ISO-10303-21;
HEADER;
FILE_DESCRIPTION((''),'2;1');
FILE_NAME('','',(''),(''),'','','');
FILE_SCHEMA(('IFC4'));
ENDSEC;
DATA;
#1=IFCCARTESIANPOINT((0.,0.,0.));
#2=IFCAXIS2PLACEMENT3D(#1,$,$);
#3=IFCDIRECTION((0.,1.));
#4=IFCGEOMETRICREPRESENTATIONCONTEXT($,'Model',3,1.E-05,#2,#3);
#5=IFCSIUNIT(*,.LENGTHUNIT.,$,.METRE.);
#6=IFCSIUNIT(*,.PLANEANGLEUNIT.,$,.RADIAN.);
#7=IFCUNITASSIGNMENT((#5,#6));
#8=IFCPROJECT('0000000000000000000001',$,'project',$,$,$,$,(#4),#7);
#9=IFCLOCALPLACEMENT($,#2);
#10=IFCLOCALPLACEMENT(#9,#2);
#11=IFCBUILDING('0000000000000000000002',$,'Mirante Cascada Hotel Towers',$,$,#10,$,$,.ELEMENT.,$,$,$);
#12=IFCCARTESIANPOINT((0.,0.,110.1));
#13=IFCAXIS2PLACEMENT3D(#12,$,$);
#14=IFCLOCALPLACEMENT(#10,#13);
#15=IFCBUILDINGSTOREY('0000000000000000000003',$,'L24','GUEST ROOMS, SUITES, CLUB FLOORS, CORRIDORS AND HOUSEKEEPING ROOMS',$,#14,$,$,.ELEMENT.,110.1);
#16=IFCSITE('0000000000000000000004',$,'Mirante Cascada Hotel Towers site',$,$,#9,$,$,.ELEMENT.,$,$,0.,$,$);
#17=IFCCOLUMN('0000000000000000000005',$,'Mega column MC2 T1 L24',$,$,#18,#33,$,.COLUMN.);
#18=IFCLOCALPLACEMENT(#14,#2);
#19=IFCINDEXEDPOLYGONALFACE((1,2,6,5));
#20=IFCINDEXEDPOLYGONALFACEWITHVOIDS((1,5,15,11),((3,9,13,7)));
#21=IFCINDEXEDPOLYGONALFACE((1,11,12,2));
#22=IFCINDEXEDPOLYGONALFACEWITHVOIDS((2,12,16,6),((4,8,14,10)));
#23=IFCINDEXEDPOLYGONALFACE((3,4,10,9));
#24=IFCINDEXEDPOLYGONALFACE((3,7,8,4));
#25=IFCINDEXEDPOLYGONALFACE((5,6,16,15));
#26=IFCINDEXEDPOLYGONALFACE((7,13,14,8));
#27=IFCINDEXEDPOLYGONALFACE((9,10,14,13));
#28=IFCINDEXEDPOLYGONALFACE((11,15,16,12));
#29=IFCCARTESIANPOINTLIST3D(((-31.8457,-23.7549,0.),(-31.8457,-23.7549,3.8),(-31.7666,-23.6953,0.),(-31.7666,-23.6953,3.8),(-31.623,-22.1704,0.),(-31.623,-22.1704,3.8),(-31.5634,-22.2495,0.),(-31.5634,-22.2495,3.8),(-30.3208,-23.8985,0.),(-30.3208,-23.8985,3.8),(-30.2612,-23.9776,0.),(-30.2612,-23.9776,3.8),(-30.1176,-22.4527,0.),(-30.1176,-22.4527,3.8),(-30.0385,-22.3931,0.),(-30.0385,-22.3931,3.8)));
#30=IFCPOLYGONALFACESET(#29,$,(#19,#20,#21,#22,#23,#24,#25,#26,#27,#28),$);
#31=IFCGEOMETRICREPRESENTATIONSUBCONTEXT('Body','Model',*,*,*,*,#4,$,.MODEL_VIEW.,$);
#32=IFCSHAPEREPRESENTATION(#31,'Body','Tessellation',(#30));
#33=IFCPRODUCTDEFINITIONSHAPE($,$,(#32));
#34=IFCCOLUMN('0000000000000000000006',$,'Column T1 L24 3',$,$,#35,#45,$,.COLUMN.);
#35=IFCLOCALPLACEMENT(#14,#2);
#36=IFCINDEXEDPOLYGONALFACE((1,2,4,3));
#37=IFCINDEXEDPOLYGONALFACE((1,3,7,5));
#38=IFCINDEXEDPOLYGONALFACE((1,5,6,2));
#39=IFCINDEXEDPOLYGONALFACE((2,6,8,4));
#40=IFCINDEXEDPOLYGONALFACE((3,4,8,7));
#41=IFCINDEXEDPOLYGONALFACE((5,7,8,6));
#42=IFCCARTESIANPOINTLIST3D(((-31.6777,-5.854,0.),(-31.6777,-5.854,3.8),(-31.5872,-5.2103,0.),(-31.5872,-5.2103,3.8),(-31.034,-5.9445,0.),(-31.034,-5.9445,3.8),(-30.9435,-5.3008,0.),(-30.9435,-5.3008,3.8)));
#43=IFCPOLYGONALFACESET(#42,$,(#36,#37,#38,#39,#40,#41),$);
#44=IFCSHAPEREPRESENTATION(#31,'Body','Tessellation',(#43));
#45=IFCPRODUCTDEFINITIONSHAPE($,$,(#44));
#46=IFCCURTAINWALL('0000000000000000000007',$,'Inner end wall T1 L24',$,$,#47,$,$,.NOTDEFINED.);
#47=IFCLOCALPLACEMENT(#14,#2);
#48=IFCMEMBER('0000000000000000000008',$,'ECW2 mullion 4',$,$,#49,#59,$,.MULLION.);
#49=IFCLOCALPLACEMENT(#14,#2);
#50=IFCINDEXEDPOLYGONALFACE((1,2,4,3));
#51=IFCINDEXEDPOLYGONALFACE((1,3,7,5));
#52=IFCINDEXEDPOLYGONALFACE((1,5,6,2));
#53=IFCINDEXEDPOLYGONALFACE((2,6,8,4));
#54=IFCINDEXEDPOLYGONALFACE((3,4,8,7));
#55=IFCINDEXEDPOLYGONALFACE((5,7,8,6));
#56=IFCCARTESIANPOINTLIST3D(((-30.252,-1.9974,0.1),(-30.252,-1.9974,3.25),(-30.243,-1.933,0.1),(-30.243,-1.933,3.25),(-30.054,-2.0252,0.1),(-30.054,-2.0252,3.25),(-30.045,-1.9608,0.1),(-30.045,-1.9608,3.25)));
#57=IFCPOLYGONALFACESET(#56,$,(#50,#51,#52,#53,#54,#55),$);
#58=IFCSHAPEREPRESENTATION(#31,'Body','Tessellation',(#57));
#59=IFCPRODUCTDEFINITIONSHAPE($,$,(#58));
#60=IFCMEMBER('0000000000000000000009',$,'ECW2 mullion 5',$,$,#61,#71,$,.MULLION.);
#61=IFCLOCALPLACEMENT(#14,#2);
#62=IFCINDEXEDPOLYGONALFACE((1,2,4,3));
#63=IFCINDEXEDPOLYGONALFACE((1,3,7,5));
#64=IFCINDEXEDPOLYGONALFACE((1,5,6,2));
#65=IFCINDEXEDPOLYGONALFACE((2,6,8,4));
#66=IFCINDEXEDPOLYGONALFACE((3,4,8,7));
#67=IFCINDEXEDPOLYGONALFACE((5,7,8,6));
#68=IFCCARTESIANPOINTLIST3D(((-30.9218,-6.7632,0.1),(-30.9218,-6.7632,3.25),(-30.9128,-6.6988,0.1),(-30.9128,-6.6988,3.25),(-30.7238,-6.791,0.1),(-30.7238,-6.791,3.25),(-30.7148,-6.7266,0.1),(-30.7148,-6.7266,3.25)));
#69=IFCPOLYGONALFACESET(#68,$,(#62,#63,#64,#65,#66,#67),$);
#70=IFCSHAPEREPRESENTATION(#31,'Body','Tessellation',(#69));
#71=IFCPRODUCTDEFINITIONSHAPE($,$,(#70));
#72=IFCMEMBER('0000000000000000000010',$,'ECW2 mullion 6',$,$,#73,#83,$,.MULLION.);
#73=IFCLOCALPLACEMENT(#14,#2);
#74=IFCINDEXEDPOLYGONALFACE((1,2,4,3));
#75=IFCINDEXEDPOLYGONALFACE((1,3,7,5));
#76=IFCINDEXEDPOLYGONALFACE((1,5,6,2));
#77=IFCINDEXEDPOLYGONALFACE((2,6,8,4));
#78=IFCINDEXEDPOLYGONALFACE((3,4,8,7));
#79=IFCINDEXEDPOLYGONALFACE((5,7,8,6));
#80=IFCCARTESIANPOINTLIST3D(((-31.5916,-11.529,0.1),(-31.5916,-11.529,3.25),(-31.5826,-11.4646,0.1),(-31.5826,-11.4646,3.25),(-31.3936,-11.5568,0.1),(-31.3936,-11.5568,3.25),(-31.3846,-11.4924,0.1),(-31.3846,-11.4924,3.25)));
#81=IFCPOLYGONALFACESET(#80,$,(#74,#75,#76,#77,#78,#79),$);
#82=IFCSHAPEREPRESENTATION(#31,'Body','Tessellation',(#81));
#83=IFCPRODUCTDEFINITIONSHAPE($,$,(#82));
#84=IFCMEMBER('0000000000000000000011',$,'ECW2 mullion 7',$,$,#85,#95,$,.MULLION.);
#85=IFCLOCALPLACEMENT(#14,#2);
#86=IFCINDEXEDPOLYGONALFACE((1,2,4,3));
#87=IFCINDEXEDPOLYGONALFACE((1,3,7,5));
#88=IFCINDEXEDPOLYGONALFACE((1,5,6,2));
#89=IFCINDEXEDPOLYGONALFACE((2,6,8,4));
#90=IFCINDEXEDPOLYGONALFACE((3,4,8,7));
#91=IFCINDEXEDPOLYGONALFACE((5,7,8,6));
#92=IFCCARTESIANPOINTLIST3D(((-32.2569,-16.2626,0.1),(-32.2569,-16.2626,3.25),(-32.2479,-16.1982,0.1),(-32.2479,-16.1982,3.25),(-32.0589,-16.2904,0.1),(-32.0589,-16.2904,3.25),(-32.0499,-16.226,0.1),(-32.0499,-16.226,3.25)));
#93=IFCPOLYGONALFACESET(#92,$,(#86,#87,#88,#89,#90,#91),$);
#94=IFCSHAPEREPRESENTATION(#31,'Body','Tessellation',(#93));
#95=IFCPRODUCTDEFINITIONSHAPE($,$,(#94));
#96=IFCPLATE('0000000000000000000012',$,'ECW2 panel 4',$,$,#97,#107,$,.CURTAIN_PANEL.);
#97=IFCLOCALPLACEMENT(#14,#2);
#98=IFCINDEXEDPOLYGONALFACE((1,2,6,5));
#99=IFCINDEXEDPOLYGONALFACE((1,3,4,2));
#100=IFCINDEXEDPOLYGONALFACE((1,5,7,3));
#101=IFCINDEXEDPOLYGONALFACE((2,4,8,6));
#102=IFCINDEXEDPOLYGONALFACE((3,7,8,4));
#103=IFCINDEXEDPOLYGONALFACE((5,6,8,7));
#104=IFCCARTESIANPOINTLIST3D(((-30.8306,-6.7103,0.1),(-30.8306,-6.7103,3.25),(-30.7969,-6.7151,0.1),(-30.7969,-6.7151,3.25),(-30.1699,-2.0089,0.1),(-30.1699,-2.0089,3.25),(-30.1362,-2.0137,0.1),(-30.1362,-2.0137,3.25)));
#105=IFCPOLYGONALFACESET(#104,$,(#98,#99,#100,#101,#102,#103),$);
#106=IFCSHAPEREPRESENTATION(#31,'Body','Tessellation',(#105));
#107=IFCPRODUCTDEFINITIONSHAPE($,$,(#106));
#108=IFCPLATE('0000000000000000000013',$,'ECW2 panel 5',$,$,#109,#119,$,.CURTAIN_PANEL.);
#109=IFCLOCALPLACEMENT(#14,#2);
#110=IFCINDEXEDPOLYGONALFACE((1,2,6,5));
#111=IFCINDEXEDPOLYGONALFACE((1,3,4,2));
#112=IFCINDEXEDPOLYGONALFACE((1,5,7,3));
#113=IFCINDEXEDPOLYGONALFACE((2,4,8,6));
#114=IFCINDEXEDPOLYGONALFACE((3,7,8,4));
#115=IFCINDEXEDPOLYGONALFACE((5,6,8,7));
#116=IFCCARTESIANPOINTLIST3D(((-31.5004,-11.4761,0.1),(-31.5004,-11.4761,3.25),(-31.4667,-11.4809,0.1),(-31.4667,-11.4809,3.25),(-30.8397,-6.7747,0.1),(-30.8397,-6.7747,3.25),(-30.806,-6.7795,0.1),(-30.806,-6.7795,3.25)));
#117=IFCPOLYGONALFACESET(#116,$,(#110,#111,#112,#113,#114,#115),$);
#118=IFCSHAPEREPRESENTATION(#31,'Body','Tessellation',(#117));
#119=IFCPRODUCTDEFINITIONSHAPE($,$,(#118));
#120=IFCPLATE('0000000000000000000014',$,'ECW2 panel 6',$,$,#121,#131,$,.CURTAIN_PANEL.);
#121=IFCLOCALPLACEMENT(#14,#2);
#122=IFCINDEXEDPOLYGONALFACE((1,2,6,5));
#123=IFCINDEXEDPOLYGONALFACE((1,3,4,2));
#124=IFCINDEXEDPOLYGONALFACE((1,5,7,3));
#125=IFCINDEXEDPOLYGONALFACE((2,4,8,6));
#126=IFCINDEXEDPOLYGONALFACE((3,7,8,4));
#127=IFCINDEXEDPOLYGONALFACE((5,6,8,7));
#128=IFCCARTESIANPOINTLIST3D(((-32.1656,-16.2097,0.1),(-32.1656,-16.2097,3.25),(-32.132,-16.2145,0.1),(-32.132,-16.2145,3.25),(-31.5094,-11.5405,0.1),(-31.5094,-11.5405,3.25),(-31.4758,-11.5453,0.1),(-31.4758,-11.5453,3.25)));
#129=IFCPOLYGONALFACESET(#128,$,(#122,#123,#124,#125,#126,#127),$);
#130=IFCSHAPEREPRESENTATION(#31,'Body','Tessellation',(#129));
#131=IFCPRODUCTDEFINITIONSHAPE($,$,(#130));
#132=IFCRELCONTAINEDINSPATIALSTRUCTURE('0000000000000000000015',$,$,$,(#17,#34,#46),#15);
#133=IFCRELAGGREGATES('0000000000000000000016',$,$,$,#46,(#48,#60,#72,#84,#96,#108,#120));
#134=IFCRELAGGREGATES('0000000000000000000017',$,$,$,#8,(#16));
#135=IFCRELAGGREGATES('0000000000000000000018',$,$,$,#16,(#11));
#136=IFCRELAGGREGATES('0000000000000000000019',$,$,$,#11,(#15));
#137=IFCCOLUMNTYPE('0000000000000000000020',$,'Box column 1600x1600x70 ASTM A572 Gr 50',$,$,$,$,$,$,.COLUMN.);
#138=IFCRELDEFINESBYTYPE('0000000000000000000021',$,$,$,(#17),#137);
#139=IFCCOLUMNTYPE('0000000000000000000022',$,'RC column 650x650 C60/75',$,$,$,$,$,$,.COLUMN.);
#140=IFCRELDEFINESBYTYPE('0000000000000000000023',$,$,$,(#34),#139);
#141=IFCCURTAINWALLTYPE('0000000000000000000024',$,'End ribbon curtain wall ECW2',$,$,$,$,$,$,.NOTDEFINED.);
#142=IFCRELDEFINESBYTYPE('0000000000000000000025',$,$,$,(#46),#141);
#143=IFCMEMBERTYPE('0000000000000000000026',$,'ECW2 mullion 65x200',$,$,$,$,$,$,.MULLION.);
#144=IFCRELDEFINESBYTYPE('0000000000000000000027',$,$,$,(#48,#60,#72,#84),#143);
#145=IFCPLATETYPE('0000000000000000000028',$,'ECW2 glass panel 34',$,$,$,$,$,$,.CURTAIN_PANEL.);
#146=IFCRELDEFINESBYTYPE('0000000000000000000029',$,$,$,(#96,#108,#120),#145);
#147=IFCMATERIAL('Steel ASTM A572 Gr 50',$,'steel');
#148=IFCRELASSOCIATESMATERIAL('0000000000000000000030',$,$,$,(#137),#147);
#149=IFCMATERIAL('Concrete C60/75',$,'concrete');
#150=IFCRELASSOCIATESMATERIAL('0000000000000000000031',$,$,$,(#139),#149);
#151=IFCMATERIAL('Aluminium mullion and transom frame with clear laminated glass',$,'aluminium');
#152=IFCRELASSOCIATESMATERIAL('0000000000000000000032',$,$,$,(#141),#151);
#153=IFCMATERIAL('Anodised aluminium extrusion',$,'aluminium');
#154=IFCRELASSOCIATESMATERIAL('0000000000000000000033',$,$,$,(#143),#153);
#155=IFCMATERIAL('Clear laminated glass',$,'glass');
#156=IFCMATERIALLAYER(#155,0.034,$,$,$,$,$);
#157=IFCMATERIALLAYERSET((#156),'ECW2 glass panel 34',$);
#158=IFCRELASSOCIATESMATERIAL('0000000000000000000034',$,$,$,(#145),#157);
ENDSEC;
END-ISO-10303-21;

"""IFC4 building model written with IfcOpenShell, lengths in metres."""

from ifc_helpers import new_model, si_unit, direction, frame, origin, origin_2d, place, context, subcontext, project, spatial, rectangle, hollow_rectangle, extrude, material, layer, layer_set, material_profile, profile_set, type_object, element, aggregate, save


model = new_model("IFC4")

# Units and contexts
model_context = context("Model", 3, precision=1e-05, world=origin(), true_north=direction((0.0, 1.0)))
body_context = subcontext(model_context, "Body", "Model", "MODEL_VIEW")
ifc_project = project(units=[si_unit("LENGTHUNIT", "METRE"), si_unit("PLANEANGLEUNIT", "RADIAN")], contexts=[model_context])

# Site, building, storey
site_placement = place(None, origin())
site = spatial("IfcSite", under=ifc_project, at=site_placement, Name="Mirante Cascada Hotel Towers site", CompositionType="ELEMENT", RefElevation=0.0)
building_placement = place(site_placement, origin())
building = spatial("IfcBuilding", under=site, at=building_placement, Name="Mirante Cascada Hotel Towers", CompositionType="ELEMENT")
storey_placement = place(building_placement, frame((0.0, 0.0, 110.1)))
storey = spatial("IfcBuildingStorey", under=building, at=storey_placement, Name="L24", Description="GUEST ROOMS, SUITES, CLUB FLOORS, CORRIDORS AND HOUSEKEEPING ROOMS", CompositionType="ELEMENT", Elevation=110.1)

# Columns
ifc_material_1 = material(Name="Steel ASTM A572 Gr 50", Category="steel")
ifc_material_profile_1 = material_profile(ifc_material_1, hollow_rectangle(XDim=1.6, YDim=1.6, WallThickness=0.07, at=origin_2d()), Name="Box column 1600x1600x70 ASTM A572 Gr 50")
ifc_profile_set_1 = profile_set([ifc_material_profile_1], Name="Steel ASTM A572 Gr 50")
column_type_1 = type_object("IfcColumnType", Name="Box column 1600x1600x70 ASTM A572 Gr 50", PredefinedType="COLUMN", material=ifc_profile_set_1)
column_1_placement = place(storey_placement, frame((-30.9421, -23.074, 0.0), z_axis=(0.0, 0.0, 1.0), x_axis=(-0.990268, 0.139173, 0.0)))
element("IfcColumn", 1, at=column_1_placement, inside=storey, type_object=column_type_1, Name="Mega column MC2 T1 L24", PredefinedType="COLUMN", context=body_context, shape_type="SweptSolid", body=[
    extrude(hollow_rectangle(XDim=1.6, YDim=1.6, WallThickness=0.07, at=origin_2d()), origin(), (0.0, 0.0, 1.0), 3.8),
])
ifc_material_2 = material(Name="Concrete C60/75", Category="concrete")
ifc_material_profile_2 = material_profile(ifc_material_2, rectangle(XDim=0.65, YDim=0.65, at=origin_2d()), Name="RC column 650x650 C60/75")
ifc_profile_set_2 = profile_set([ifc_material_profile_2], Name="Concrete C60/75")
column_type_2 = type_object("IfcColumnType", Name="RC column 650x650 C60/75", PredefinedType="COLUMN", material=ifc_profile_set_2)
column_2_placement = place(storey_placement, frame((-31.3106, -5.5774, 0.0), z_axis=(0.0, 0.0, 1.0), x_axis=(-0.990268, 0.139173, 0.0)))
element("IfcColumn", 2, at=column_2_placement, inside=storey, type_object=column_type_2, Name="Column T1 L24 3", PredefinedType="COLUMN", context=body_context, shape_type="SweptSolid", body=[
    extrude(rectangle(XDim=0.65, YDim=0.65, at=origin_2d()), origin(), (0.0, 0.0, 1.0), 3.8),
])

# Curtain wall, members, plates
ifc_material_3 = material(Name="Aluminium mullion and transom frame with clear laminated glass", Category="aluminium")
curtain_wall_type = type_object("IfcCurtainWallType", Name="End ribbon curtain wall ECW2", PredefinedType="NOTDEFINED", material=ifc_material_3)
curtain_wall_placement = place(storey_placement, origin())
curtain_wall = element("IfcCurtainWall", 3, at=curtain_wall_placement, inside=storey, type_object=curtain_wall_type, Name="Inner end wall T1 L24", PredefinedType="NOTDEFINED")
ifc_material_4 = material(Name="Anodised aluminium extrusion", Category="aluminium")
ifc_material_profile_3 = material_profile(ifc_material_4, rectangle(XDim=0.2, YDim=0.065, at=origin_2d()), Name="ECW2 MULLION 65x200")
ifc_profile_set_3 = profile_set([ifc_material_profile_3], Name="Anodised aluminium extrusion")
member_type = type_object("IfcMemberType", Name="ECW2 mullion 65x200", PredefinedType="MULLION", material=ifc_profile_set_3)
member_1_placement = place(storey_placement, frame((-30.1485, -1.9791, 0.1), z_axis=(0.0, 0.0, 1.0), x_axis=(0.990268, -0.139173, 0.0)))
member_1 = element("IfcMember", 4, at=member_1_placement, type_object=member_type, Name="ECW2 mullion 4", PredefinedType="MULLION", context=body_context, shape_type="SweptSolid", body=[
    extrude(rectangle(XDim=0.2, YDim=0.065, at=origin_2d()), origin(), (0.0, 0.0, 1.0), 3.15),
])
member_2_placement = place(storey_placement, frame((-30.8183, -6.7449, 0.1), z_axis=(0.0, 0.0, 1.0), x_axis=(0.990268, -0.139173, 0.0)))
member_2 = element("IfcMember", 5, at=member_2_placement, type_object=member_type, Name="ECW2 mullion 5", PredefinedType="MULLION", context=body_context, shape_type="SweptSolid", body=[
    extrude(rectangle(XDim=0.2, YDim=0.065, at=origin_2d()), origin(), (0.0, 0.0, 1.0), 3.15),
])
member_3_placement = place(storey_placement, frame((-31.4881, -11.5107, 0.1), z_axis=(0.0, 0.0, 1.0), x_axis=(0.990268, -0.139173, 0.0)))
member_3 = element("IfcMember", 6, at=member_3_placement, type_object=member_type, Name="ECW2 mullion 6", PredefinedType="MULLION", context=body_context, shape_type="SweptSolid", body=[
    extrude(rectangle(XDim=0.2, YDim=0.065, at=origin_2d()), origin(), (0.0, 0.0, 1.0), 3.15),
])
member_4_placement = place(storey_placement, frame((-32.1534, -16.2443, 0.1), z_axis=(0.0, 0.0, 1.0), x_axis=(0.990268, -0.139173, 0.0)))
member_4 = element("IfcMember", 7, at=member_4_placement, type_object=member_type, Name="ECW2 mullion 7", PredefinedType="MULLION", context=body_context, shape_type="SweptSolid", body=[
    extrude(rectangle(XDim=0.2, YDim=0.065, at=origin_2d()), origin(), (0.0, 0.0, 1.0), 3.15),
])
ifc_material_5 = material(Name="Clear laminated glass", Category="glass")
ifc_layer_1 = layer(ifc_material_5, 0.034)
ifc_layer_set_1 = layer_set([ifc_layer_1], Name="ECW2 glass panel 34")
plate_type = type_object("IfcPlateType", Name="ECW2 glass panel 34", PredefinedType="CURTAIN_PANEL", material=ifc_layer_set_1)
plate_1_placement = place(storey_placement, frame((-30.4834, -4.362, 0.1), z_axis=(0.0, 0.0, 1.0), x_axis=(-0.139173, -0.990268, 0.0)))
plate_1 = element("IfcPlate", 8, at=plate_1_placement, type_object=plate_type, Name="ECW2 panel 4", PredefinedType="CURTAIN_PANEL", context=body_context, shape_type="SweptSolid", body=[
    extrude(rectangle(XDim=4.7476, YDim=0.034, at=origin_2d()), origin(), (0.0, 0.0, 1.0), 3.15),
])
plate_2_placement = place(storey_placement, frame((-31.1532, -9.1278, 0.1), z_axis=(0.0, 0.0, 1.0), x_axis=(-0.139173, -0.990268, 0.0)))
plate_2 = element("IfcPlate", 9, at=plate_2_placement, type_object=plate_type, Name="ECW2 panel 5", PredefinedType="CURTAIN_PANEL", context=body_context, shape_type="SweptSolid", body=[
    extrude(rectangle(XDim=4.7476, YDim=0.034, at=origin_2d()), origin(), (0.0, 0.0, 1.0), 3.15),
])
plate_3_placement = place(storey_placement, frame((-31.8207, -13.8775, 0.1), z_axis=(0.0, 0.0, 1.0), x_axis=(-0.139173, -0.990268, 0.0)))
plate_3 = element("IfcPlate", 10, at=plate_3_placement, type_object=plate_type, Name="ECW2 panel 6", PredefinedType="CURTAIN_PANEL", context=body_context, shape_type="SweptSolid", body=[
    extrude(rectangle(XDim=4.7151, YDim=0.034, at=origin_2d()), origin(), (0.0, 0.0, 1.0), 3.15),
])
aggregate(curtain_wall, [member_1, member_2, member_3, member_4, plate_1, plate_2, plate_3])

save(model, "model.ifc")
